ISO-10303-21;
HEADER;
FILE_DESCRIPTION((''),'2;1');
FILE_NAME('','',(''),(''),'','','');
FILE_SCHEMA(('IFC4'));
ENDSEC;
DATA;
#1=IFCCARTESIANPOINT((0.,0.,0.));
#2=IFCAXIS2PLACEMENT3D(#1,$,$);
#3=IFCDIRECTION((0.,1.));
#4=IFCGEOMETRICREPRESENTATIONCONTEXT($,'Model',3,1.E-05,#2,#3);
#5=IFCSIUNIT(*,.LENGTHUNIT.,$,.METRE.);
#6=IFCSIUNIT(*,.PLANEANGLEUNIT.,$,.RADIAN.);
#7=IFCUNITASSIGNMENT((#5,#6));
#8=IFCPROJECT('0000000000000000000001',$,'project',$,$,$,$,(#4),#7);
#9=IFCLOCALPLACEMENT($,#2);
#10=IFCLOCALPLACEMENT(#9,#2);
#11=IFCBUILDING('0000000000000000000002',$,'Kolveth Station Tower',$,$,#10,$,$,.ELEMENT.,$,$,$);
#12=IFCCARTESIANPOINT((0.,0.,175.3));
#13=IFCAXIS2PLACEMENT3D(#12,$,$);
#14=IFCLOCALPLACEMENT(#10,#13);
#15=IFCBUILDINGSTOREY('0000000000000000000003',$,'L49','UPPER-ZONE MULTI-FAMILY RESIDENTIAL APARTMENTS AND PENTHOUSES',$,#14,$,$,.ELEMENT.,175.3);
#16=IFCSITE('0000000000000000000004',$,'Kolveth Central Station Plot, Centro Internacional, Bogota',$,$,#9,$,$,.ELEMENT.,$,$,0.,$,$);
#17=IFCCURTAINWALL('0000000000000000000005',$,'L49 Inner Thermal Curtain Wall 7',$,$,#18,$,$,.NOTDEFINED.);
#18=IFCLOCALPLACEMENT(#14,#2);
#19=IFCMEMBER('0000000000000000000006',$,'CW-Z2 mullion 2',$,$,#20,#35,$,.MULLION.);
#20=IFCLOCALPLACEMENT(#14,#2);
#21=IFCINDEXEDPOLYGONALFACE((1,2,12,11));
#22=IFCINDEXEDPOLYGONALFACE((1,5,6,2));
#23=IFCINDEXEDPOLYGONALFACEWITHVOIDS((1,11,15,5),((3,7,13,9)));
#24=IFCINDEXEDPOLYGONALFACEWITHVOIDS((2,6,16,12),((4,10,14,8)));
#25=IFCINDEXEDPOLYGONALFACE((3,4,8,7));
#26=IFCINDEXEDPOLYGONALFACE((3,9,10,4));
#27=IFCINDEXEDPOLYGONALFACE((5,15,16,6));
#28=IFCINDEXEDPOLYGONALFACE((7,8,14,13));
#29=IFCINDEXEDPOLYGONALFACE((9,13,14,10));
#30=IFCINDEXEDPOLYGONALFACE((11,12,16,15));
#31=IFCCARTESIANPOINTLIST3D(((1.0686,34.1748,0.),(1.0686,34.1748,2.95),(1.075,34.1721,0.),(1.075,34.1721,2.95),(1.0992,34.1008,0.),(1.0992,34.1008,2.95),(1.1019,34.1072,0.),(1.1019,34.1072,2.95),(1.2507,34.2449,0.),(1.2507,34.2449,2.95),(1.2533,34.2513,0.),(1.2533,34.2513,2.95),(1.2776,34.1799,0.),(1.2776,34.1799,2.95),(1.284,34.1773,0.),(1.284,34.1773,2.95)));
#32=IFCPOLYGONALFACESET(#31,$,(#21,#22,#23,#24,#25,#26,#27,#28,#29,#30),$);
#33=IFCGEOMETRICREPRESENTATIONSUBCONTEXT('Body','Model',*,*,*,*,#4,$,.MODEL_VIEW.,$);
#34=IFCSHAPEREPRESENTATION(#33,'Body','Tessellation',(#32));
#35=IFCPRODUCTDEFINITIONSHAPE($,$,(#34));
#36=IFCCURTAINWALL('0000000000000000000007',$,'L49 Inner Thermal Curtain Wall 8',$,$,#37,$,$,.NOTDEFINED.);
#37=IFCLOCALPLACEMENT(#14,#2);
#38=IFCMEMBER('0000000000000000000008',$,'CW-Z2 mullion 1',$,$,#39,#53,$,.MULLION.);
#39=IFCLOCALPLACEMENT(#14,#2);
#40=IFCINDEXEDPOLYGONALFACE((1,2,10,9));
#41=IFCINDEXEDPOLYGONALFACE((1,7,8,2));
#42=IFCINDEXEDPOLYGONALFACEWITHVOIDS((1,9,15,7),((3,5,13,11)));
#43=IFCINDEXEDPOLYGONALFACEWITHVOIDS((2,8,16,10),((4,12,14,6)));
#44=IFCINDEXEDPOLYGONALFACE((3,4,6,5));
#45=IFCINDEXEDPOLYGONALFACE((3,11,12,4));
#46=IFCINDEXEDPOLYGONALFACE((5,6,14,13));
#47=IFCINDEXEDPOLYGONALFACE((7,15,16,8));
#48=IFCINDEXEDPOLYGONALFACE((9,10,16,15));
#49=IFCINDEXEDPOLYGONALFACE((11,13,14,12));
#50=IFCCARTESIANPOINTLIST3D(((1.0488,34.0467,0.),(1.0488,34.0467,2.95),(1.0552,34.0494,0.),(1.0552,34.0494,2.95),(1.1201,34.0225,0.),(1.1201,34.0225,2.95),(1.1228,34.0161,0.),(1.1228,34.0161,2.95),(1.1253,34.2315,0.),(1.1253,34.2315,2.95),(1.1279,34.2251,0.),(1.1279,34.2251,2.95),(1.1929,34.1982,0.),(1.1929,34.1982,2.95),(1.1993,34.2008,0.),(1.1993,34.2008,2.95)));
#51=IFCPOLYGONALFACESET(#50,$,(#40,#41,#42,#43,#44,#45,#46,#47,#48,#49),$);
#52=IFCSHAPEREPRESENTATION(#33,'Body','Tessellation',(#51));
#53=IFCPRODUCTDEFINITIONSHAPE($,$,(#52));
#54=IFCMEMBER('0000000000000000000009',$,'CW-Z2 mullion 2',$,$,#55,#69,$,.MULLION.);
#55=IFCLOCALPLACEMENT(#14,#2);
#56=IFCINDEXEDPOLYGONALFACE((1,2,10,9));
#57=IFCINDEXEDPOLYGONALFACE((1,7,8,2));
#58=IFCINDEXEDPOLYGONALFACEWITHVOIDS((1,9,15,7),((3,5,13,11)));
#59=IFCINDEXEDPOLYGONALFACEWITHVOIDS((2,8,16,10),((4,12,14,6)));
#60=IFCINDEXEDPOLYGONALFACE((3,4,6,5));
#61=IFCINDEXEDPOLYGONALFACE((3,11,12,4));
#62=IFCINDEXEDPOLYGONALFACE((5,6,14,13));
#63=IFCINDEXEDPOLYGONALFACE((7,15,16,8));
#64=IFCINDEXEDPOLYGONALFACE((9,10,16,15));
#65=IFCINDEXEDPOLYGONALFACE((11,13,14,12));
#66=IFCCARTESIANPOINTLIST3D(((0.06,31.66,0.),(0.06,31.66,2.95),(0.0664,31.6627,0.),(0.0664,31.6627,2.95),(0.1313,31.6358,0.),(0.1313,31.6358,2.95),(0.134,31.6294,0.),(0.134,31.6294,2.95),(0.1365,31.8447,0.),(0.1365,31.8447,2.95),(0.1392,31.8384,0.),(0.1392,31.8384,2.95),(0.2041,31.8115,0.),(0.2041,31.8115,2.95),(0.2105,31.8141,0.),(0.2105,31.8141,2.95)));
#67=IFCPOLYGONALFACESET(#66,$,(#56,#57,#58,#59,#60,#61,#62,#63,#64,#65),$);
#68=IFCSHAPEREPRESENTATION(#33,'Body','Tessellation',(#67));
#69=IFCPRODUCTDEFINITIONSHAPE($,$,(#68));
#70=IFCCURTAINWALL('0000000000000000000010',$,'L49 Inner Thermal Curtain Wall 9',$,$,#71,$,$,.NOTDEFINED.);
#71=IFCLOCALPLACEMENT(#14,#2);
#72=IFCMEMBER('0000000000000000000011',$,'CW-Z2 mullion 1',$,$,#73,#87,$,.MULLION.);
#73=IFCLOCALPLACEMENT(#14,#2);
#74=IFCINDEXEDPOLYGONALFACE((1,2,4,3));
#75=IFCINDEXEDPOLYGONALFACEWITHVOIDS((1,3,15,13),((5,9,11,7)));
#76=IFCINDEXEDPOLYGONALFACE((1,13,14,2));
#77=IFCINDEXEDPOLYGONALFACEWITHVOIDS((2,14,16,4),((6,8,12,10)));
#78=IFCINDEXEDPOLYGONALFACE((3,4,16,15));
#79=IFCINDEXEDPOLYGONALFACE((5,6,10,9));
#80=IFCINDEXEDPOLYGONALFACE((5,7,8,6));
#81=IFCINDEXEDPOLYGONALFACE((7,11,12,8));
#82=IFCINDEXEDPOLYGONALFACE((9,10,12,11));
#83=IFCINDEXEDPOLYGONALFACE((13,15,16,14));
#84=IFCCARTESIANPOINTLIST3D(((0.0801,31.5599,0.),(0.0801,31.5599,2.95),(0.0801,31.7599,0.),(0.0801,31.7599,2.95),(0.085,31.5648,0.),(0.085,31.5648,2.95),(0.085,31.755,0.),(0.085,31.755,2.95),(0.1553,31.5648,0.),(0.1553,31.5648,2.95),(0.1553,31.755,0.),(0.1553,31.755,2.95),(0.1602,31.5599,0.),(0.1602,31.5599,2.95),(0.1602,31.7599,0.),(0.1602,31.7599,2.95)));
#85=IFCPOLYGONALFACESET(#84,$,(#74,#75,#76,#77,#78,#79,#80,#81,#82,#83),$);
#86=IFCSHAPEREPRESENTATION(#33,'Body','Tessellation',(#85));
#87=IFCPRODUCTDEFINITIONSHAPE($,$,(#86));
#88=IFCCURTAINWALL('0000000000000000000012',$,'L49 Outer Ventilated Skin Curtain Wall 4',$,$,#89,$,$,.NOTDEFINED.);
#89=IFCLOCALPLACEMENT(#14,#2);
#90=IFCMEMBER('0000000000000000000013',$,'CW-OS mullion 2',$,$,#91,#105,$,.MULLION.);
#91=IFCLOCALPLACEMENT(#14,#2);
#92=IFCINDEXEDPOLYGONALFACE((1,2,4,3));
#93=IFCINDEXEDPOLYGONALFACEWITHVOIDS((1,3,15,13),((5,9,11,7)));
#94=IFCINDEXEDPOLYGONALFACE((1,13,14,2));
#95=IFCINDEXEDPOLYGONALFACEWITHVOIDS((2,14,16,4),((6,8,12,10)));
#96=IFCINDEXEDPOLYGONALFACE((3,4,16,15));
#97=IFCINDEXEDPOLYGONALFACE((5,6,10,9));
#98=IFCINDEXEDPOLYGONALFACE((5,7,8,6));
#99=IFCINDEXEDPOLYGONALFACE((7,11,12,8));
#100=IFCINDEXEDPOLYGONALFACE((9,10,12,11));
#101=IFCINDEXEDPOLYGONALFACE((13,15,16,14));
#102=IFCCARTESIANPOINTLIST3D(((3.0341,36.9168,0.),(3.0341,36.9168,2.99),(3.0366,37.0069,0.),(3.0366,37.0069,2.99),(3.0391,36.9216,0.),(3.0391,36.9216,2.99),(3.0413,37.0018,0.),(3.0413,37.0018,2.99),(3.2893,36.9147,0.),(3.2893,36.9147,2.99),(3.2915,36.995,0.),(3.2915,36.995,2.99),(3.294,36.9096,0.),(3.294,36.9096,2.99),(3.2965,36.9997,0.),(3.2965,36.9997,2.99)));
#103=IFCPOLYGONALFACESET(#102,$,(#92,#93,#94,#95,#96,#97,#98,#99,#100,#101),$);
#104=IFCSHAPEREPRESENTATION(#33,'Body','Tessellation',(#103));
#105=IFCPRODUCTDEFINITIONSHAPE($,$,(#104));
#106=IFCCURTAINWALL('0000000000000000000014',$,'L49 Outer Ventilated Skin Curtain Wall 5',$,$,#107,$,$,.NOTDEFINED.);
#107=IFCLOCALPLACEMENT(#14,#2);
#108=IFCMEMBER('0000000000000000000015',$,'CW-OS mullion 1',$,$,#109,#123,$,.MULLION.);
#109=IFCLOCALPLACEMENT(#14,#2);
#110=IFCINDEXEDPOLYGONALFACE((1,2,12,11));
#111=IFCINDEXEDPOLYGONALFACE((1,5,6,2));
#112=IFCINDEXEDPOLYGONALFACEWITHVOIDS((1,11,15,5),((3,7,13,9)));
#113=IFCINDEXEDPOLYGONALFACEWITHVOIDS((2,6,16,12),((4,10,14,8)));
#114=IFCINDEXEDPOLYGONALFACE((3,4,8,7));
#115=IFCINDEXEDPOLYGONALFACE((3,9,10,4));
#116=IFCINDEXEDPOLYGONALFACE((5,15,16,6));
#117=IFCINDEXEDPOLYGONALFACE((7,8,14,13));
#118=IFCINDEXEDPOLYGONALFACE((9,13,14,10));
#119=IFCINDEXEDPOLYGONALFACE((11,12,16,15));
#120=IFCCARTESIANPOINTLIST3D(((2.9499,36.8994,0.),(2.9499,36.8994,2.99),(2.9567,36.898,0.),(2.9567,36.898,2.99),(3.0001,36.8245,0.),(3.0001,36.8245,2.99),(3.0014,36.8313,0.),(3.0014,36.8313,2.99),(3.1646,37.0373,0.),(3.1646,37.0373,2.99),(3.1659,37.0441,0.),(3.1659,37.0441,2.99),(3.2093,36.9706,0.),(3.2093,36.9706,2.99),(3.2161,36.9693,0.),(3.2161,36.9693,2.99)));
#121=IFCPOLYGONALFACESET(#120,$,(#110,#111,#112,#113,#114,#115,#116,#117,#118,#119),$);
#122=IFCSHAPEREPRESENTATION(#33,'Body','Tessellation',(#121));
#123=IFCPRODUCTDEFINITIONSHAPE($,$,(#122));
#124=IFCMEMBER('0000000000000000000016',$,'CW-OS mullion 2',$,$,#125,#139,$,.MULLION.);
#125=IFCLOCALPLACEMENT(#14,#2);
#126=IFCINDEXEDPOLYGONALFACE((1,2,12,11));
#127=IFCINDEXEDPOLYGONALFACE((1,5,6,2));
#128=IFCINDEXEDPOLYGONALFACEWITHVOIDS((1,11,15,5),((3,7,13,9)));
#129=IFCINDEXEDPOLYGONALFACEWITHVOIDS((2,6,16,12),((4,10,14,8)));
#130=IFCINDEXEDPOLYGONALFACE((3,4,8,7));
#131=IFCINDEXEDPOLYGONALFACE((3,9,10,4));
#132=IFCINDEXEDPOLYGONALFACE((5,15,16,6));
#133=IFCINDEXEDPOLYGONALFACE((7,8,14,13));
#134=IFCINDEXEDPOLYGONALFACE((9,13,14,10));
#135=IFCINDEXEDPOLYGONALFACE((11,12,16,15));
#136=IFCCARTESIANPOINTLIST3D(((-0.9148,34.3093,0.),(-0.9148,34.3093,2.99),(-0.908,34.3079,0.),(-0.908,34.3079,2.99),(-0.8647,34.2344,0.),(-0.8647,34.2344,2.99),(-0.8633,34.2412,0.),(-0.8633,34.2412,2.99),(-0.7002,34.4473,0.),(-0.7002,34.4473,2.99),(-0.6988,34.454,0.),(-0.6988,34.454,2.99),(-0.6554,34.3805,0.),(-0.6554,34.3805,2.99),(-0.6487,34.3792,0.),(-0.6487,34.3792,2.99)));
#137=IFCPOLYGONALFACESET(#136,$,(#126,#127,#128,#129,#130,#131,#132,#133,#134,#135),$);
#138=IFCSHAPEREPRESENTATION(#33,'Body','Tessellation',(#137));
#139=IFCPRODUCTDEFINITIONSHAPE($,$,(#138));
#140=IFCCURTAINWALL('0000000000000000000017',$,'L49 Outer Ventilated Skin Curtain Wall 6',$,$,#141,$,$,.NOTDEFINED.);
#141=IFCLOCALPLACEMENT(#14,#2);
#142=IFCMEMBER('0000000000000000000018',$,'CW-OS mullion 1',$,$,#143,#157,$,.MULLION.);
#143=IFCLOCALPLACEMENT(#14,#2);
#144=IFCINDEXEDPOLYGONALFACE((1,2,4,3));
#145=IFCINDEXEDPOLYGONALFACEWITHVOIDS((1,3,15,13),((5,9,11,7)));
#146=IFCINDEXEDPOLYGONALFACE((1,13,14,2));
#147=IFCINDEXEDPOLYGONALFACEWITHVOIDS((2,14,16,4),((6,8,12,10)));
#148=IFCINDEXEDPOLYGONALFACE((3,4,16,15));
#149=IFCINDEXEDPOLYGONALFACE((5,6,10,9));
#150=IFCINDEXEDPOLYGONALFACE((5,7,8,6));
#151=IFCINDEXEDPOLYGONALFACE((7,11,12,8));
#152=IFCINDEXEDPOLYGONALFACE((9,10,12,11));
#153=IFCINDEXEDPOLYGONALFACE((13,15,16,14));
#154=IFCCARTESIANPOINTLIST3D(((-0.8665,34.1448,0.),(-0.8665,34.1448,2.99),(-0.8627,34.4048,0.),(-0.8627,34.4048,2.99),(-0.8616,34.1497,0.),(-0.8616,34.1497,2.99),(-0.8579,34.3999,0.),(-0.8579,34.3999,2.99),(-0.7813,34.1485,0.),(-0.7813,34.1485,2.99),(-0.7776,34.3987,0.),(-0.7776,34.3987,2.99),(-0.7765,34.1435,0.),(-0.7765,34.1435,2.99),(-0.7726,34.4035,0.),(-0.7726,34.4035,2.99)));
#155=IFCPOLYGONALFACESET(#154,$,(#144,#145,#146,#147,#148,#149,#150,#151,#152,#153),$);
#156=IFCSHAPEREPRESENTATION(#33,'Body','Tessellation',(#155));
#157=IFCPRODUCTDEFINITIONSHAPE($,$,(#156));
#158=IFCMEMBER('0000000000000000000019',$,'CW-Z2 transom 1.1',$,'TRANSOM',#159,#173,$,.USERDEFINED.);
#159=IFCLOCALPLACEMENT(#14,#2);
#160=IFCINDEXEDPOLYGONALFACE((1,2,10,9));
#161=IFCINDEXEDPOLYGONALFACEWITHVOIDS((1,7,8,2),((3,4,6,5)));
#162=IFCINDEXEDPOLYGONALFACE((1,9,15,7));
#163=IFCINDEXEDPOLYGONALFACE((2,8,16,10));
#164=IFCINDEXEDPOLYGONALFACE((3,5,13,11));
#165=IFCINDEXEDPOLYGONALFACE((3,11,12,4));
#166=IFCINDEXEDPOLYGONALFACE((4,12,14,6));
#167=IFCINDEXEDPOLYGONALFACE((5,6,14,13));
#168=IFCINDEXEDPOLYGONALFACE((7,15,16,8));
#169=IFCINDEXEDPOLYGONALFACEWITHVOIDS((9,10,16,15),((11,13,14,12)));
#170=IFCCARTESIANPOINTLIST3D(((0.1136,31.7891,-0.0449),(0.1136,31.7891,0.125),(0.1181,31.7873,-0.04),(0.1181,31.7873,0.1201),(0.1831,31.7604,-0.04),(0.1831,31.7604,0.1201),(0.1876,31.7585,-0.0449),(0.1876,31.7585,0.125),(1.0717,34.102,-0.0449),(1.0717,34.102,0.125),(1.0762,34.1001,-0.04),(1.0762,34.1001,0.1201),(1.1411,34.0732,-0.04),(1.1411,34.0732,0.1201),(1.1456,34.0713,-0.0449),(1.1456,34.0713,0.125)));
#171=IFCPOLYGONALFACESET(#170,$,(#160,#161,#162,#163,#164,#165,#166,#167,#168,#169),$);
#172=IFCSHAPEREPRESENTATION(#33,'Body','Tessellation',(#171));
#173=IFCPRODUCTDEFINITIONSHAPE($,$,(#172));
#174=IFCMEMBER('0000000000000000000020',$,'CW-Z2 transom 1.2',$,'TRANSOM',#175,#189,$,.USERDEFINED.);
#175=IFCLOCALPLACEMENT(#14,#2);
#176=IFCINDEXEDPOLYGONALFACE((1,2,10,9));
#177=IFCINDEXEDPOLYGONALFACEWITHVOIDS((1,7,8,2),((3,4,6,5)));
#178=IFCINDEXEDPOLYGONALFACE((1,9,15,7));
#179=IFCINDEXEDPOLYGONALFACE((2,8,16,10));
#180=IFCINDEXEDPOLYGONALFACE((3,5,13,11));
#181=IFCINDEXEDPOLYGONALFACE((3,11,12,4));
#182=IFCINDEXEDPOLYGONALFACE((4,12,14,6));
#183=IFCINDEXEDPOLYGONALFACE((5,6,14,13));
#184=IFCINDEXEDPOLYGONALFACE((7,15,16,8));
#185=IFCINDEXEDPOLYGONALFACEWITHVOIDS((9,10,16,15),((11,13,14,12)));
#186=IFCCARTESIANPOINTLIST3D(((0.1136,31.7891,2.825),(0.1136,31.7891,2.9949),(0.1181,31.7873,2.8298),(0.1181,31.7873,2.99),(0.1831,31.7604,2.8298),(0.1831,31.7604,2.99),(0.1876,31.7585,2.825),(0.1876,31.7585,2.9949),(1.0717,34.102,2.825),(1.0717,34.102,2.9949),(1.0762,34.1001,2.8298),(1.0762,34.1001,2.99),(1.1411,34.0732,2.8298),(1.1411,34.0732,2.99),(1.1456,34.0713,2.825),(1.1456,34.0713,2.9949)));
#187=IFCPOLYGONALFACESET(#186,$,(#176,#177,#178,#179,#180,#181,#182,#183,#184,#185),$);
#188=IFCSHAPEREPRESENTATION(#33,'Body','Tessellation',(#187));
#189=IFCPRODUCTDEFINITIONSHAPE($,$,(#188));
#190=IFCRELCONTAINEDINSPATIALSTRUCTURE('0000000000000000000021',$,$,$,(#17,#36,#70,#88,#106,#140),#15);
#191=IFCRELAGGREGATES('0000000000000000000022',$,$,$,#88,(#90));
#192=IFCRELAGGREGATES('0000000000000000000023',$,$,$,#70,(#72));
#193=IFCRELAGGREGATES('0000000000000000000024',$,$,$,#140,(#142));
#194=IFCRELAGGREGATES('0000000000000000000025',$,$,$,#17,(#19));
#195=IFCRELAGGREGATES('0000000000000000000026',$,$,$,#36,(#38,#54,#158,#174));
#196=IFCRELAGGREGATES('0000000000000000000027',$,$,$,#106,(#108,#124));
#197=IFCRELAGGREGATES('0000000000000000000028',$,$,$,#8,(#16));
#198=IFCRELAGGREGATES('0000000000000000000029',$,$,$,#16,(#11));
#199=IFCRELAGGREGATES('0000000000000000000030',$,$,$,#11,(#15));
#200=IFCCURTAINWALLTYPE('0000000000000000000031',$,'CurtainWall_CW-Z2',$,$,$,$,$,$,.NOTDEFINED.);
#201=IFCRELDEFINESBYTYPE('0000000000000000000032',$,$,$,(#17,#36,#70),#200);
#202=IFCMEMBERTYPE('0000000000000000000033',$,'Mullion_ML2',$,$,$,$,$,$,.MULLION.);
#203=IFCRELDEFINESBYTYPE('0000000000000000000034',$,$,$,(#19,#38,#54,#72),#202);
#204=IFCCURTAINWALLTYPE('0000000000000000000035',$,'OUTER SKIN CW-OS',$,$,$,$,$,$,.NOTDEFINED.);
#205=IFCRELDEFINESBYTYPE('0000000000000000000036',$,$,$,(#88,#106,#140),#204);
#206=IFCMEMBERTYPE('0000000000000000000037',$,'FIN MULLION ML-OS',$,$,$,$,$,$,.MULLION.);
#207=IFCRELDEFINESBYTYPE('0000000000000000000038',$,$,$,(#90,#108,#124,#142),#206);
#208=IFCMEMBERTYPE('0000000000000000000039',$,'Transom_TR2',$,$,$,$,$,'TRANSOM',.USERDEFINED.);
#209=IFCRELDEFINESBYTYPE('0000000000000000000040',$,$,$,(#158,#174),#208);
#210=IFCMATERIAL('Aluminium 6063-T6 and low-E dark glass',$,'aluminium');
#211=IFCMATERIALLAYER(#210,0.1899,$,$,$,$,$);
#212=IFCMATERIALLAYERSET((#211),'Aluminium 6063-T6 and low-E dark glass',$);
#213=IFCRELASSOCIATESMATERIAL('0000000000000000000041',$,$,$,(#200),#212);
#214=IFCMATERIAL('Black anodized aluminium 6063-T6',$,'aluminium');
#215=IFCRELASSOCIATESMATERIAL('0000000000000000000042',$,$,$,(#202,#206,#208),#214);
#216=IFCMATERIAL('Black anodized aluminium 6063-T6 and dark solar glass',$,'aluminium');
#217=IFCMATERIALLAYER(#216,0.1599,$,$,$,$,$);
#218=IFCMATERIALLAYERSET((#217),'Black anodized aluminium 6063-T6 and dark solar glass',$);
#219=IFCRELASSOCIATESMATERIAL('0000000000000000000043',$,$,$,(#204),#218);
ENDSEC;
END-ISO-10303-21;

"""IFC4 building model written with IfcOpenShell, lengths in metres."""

from ifc_helpers import new_model, si_unit, direction, frame, origin, origin_2d, place, context, subcontext, project, spatial, hollow_rectangle, extrude, source, transform, mapped, material, layer, layer_set, material_profile, profile_set, type_object, element, aggregate, save


model = new_model("IFC4")

# Units and contexts
model_context = context("Model", 3, precision=1e-05, world=origin(), true_north=direction((0.0, 1.0)))
body_context = subcontext(model_context, "Body", "Model", "MODEL_VIEW")
ifc_project = project(units=[si_unit("LENGTHUNIT", "METRE"), si_unit("PLANEANGLEUNIT", "RADIAN")], contexts=[model_context])

# Site, building, storey
site_placement = place(None, origin())
site = spatial("IfcSite", under=ifc_project, at=site_placement, Name="Kolveth Central Station Plot, Centro Internacional, Bogota", CompositionType="ELEMENT", RefElevation=0.0)
building_placement = place(site_placement, origin())
building = spatial("IfcBuilding", under=site, at=building_placement, Name="Kolveth Station Tower", CompositionType="ELEMENT")
storey_placement = place(building_placement, frame((0.0, 0.0, 175.3)))
storey = spatial("IfcBuildingStorey", under=building, at=storey_placement, Name="L49", Description="UPPER-ZONE MULTI-FAMILY RESIDENTIAL APARTMENTS AND PENTHOUSES", CompositionType="ELEMENT", Elevation=175.3)

# Curtain wall, member
ifc_material_1 = material(Name="Aluminium 6063-T6 and low-E dark glass", Category="aluminium")
ifc_layer_1 = layer(ifc_material_1, 0.1899)
ifc_layer_set_1 = layer_set([ifc_layer_1], Name="Aluminium 6063-T6 and low-E dark glass")
curtain_wall_type_1 = type_object("IfcCurtainWallType", Name="CurtainWall_CW-Z2", PredefinedType="NOTDEFINED", material=ifc_layer_set_1)
curtain_wall_1_placement = place(storey_placement, origin())
curtain_wall_1 = element("IfcCurtainWall", 1, at=curtain_wall_1_placement, inside=storey, type_object=curtain_wall_type_1, Name="L49 Inner Thermal Curtain Wall 7", PredefinedType="NOTDEFINED")
ifc_material_2 = material(Name="Black anodized aluminium 6063-T6", Category="aluminium")
ifc_material_profile_1 = material_profile(ifc_material_2, hollow_rectangle(XDim=0.0801, YDim=0.2, WallThickness=0.0049, at=origin_2d()), Name="ALU-80x200x5")
ifc_profile_set_1 = profile_set([ifc_material_profile_1], Name="Black anodized aluminium 6063-T6")
member_type_1 = type_object("IfcMemberType", Name="Mullion_ML2", PredefinedType="MULLION", material=ifc_profile_set_1)
shared_shape_1 = source(origin(), body_context, "Body", "SweptSolid", [
    extrude(hollow_rectangle(XDim=0.0801, YDim=0.2, WallThickness=0.0049, at=origin_2d()), origin(), (0.0, 0.0, 1.0), 2.95),
])
member_1_placement = place(storey_placement, frame((1.1763, 34.176, 0.0), z_axis=(0.0, 0.0, 1.0), x_axis=(0.382698, -0.923874, 0.0)))
member_1 = element("IfcMember", 2, at=member_1_placement, type_object=member_type_1, Name="CW-Z2 mullion 2", PredefinedType="MULLION", context=body_context, shape_type="MappedRepresentation", body=[
    mapped(shared_shape_1, transform((0.0, 0.0, 0.0), x_axis=(1.0, 0.0, 0.0), y_axis=(0.0, 1.0, 0.0), z_axis=(0.0, 0.0, 1.0), scale=1.0)),
])

# Curtain wall, members
curtain_wall_2_placement = place(storey_placement, origin())
curtain_wall_2 = element("IfcCurtainWall", 3, at=curtain_wall_2_placement, inside=storey, type_object=curtain_wall_type_1, Name="L49 Inner Thermal Curtain Wall 8", PredefinedType="NOTDEFINED")
member_2_placement = place(storey_placement, frame((1.124, 34.1238, 0.0), z_axis=(0.0, 0.0, 1.0), x_axis=(0.923874, -0.382698, 0.0)))
member_2 = element("IfcMember", 4, at=member_2_placement, type_object=member_type_1, Name="CW-Z2 mullion 1", PredefinedType="MULLION", context=body_context, shape_type="MappedRepresentation", body=[
    mapped(shared_shape_1, transform((0.0, 0.0, 0.0), x_axis=(1.0, 0.0, 0.0), y_axis=(0.0, 1.0, 0.0), z_axis=(0.0, 0.0, 1.0), scale=1.0)),
])
member_3_placement = place(storey_placement, frame((0.1353, 31.7371, 0.0), z_axis=(0.0, 0.0, 1.0), x_axis=(0.923874, -0.382698, 0.0)))
member_3 = element("IfcMember", 5, at=member_3_placement, type_object=member_type_1, Name="CW-Z2 mullion 2", PredefinedType="MULLION", context=body_context, shape_type="MappedRepresentation", body=[
    mapped(shared_shape_1, transform((0.0, 0.0, 0.0), x_axis=(1.0, 0.0, 0.0), y_axis=(0.0, 1.0, 0.0), z_axis=(0.0, 0.0, 1.0), scale=1.0)),
])

# Curtain walls, members
curtain_wall_3_placement = place(storey_placement, origin())
curtain_wall_3 = element("IfcCurtainWall", 6, at=curtain_wall_3_placement, inside=storey, type_object=curtain_wall_type_1, Name="L49 Inner Thermal Curtain Wall 9", PredefinedType="NOTDEFINED")
member_4_placement = place(storey_placement, frame((0.1201, 31.6599, 0.0), z_axis=(0.0, 0.0, 1.0), x_axis=(1.0, 0.0, 0.0)))
member_4 = element("IfcMember", 7, at=member_4_placement, type_object=member_type_1, Name="CW-Z2 mullion 1", PredefinedType="MULLION", context=body_context, shape_type="MappedRepresentation", body=[
    mapped(shared_shape_1, transform((0.0, 0.0, 0.0), x_axis=(1.0, 0.0, 0.0), y_axis=(0.0, 1.0, 0.0), z_axis=(0.0, 0.0, 1.0), scale=1.0)),
])
ifc_material_3 = material(Name="Black anodized aluminium 6063-T6 and dark solar glass", Category="aluminium")
ifc_layer_2 = layer(ifc_material_3, 0.1599)
ifc_layer_set_2 = layer_set([ifc_layer_2], Name="Black anodized aluminium 6063-T6 and dark solar glass")
curtain_wall_type_2 = type_object("IfcCurtainWallType", Name="OUTER SKIN CW-OS", PredefinedType="NOTDEFINED", material=ifc_layer_set_2)
curtain_wall_4_placement = place(storey_placement, origin())
curtain_wall_4 = element("IfcCurtainWall", 8, at=curtain_wall_4_placement, inside=storey, type_object=curtain_wall_type_2, Name="L49 Outer Ventilated Skin Curtain Wall 4", PredefinedType="NOTDEFINED")
ifc_material_profile_2 = material_profile(ifc_material_2, hollow_rectangle(XDim=0.0901, YDim=0.26, WallThickness=0.0049, at=origin_2d()), Name="ALU-90x260x5")
ifc_profile_set_2 = profile_set([ifc_material_profile_2], Name="Black anodized aluminium 6063-T6")
member_type_2 = type_object("IfcMemberType", Name="FIN MULLION ML-OS", PredefinedType="MULLION", material=ifc_profile_set_2)
shared_shape_2 = source(origin(), body_context, "Body", "SweptSolid", [
    extrude(hollow_rectangle(XDim=0.0901, YDim=0.26, WallThickness=0.0049, at=origin_2d()), origin(), (0.0, 0.0, 1.0), 2.99),
])
member_5_placement = place(storey_placement, frame((3.1653, 36.9583, 0.0), z_axis=(0.0, 0.0, 1.0), x_axis=(-0.027551, -0.99962, 0.0)))
member_5 = element("IfcMember", 9, at=member_5_placement, type_object=member_type_2, Name="CW-OS mullion 2", PredefinedType="MULLION", context=body_context, shape_type="MappedRepresentation", body=[
    mapped(shared_shape_2, transform((0.0, 0.0, 0.0), x_axis=(1.0, 0.0, 0.0), y_axis=(0.0, 1.0, 0.0), z_axis=(0.0, 0.0, 1.0), scale=1.0)),
])
aggregate(curtain_wall_4, [member_5])

# Curtain wall, members
curtain_wall_5_placement = place(storey_placement, origin())
curtain_wall_5 = element("IfcCurtainWall", 10, at=curtain_wall_5_placement, inside=storey, type_object=curtain_wall_type_2, Name="L49 Outer Ventilated Skin Curtain Wall 5", PredefinedType="NOTDEFINED")
member_6_placement = place(storey_placement, frame((3.083, 36.9343, 0.0), z_axis=(0.0, 0.0, 1.0), x_axis=(0.556757, -0.830675, 0.0)))
member_6 = element("IfcMember", 11, at=member_6_placement, type_object=member_type_2, Name="CW-OS mullion 1", PredefinedType="MULLION", context=body_context, shape_type="MappedRepresentation", body=[
    mapped(shared_shape_2, transform((0.0, 0.0, 0.0), x_axis=(1.0, 0.0, 0.0), y_axis=(0.0, 1.0, 0.0), z_axis=(0.0, 0.0, 1.0), scale=1.0)),
])
member_7_placement = place(storey_placement, frame((-0.7817, 34.3442, 0.0), z_axis=(0.0, 0.0, 1.0), x_axis=(0.556757, -0.830675, 0.0)))
member_7 = element("IfcMember", 12, at=member_7_placement, type_object=member_type_2, Name="CW-OS mullion 2", PredefinedType="MULLION", context=body_context, shape_type="MappedRepresentation", body=[
    mapped(shared_shape_2, transform((0.0, 0.0, 0.0), x_axis=(1.0, 0.0, 0.0), y_axis=(0.0, 1.0, 0.0), z_axis=(0.0, 0.0, 1.0), scale=1.0)),
])

# Curtain wall, member
curtain_wall_6_placement = place(storey_placement, origin())
curtain_wall_6 = element("IfcCurtainWall", 13, at=curtain_wall_6_placement, inside=storey, type_object=curtain_wall_type_2, Name="L49 Outer Ventilated Skin Curtain Wall 6", PredefinedType="NOTDEFINED")
member_8_placement = place(storey_placement, frame((-0.8196, 34.2742, 0.0), z_axis=(0.0, 0.0, 1.0), x_axis=(0.999892, -0.014695, 0.0)))
member_8 = element("IfcMember", 14, at=member_8_placement, type_object=member_type_2, Name="CW-OS mullion 1", PredefinedType="MULLION", context=body_context, shape_type="MappedRepresentation", body=[
    mapped(shared_shape_2, transform((0.0, 0.0, 0.0), x_axis=(1.0, 0.0, 0.0), y_axis=(0.0, 1.0, 0.0), z_axis=(0.0, 0.0, 1.0), scale=1.0)),
])

# Members
ifc_material_profile_3 = material_profile(ifc_material_2, hollow_rectangle(XDim=0.0801, YDim=0.1699, WallThickness=0.0049, at=origin_2d()), Name="ALU-80x170x5")
ifc_profile_set_3 = profile_set([ifc_material_profile_3], Name="Black anodized aluminium 6063-T6")
member_type_3 = type_object("IfcMemberType", Name="Transom_TR2", ElementType="TRANSOM", PredefinedType="USERDEFINED", material=ifc_profile_set_3)
shared_shape_3 = source(origin(), body_context, "Body", "SweptSolid", [
    extrude(hollow_rectangle(XDim=0.0801, YDim=0.1699, WallThickness=0.0049, at=origin_2d()), origin(), (0.0, 0.0, 1.0), 2.5034),
])
member_9_placement = place(storey_placement, frame((1.1086, 34.0867, 0.04), z_axis=(-0.382696, -0.923874, 0.0), x_axis=(0.923874, -0.382696, 0.0)))
member_9 = element("IfcMember", 15, at=member_9_placement, type_object=member_type_3, Name="CW-Z2 transom 1.1", ObjectType="TRANSOM", PredefinedType="USERDEFINED", context=body_context, shape_type="MappedRepresentation", body=[
    mapped(shared_shape_3, transform((0.0, 0.0, 0.0), x_axis=(1.0, 0.0, 0.0), y_axis=(0.0, 1.0, 0.0), z_axis=(0.0, 0.0, 1.0), scale=1.0)),
])
member_10_placement = place(storey_placement, frame((1.1086, 34.0867, 2.9099), z_axis=(-0.382696, -0.923874, 0.0), x_axis=(0.923874, -0.382696, 0.0)))
member_10 = element("IfcMember", 16, at=member_10_placement, type_object=member_type_3, Name="CW-Z2 transom 1.2", ObjectType="TRANSOM", PredefinedType="USERDEFINED", context=body_context, shape_type="MappedRepresentation", body=[
    mapped(shared_shape_3, transform((0.0, 0.0, 0.0), x_axis=(1.0, 0.0, 0.0), y_axis=(0.0, 1.0, 0.0), z_axis=(0.0, 0.0, 1.0), scale=1.0)),
])
aggregate(curtain_wall_3, [member_4])
aggregate(curtain_wall_6, [member_8])

aggregate(curtain_wall_1, [member_1])
aggregate(curtain_wall_2, [member_2, member_3, member_9, member_10])
aggregate(curtain_wall_5, [member_6, member_7])

save(model, "model.ifc")
